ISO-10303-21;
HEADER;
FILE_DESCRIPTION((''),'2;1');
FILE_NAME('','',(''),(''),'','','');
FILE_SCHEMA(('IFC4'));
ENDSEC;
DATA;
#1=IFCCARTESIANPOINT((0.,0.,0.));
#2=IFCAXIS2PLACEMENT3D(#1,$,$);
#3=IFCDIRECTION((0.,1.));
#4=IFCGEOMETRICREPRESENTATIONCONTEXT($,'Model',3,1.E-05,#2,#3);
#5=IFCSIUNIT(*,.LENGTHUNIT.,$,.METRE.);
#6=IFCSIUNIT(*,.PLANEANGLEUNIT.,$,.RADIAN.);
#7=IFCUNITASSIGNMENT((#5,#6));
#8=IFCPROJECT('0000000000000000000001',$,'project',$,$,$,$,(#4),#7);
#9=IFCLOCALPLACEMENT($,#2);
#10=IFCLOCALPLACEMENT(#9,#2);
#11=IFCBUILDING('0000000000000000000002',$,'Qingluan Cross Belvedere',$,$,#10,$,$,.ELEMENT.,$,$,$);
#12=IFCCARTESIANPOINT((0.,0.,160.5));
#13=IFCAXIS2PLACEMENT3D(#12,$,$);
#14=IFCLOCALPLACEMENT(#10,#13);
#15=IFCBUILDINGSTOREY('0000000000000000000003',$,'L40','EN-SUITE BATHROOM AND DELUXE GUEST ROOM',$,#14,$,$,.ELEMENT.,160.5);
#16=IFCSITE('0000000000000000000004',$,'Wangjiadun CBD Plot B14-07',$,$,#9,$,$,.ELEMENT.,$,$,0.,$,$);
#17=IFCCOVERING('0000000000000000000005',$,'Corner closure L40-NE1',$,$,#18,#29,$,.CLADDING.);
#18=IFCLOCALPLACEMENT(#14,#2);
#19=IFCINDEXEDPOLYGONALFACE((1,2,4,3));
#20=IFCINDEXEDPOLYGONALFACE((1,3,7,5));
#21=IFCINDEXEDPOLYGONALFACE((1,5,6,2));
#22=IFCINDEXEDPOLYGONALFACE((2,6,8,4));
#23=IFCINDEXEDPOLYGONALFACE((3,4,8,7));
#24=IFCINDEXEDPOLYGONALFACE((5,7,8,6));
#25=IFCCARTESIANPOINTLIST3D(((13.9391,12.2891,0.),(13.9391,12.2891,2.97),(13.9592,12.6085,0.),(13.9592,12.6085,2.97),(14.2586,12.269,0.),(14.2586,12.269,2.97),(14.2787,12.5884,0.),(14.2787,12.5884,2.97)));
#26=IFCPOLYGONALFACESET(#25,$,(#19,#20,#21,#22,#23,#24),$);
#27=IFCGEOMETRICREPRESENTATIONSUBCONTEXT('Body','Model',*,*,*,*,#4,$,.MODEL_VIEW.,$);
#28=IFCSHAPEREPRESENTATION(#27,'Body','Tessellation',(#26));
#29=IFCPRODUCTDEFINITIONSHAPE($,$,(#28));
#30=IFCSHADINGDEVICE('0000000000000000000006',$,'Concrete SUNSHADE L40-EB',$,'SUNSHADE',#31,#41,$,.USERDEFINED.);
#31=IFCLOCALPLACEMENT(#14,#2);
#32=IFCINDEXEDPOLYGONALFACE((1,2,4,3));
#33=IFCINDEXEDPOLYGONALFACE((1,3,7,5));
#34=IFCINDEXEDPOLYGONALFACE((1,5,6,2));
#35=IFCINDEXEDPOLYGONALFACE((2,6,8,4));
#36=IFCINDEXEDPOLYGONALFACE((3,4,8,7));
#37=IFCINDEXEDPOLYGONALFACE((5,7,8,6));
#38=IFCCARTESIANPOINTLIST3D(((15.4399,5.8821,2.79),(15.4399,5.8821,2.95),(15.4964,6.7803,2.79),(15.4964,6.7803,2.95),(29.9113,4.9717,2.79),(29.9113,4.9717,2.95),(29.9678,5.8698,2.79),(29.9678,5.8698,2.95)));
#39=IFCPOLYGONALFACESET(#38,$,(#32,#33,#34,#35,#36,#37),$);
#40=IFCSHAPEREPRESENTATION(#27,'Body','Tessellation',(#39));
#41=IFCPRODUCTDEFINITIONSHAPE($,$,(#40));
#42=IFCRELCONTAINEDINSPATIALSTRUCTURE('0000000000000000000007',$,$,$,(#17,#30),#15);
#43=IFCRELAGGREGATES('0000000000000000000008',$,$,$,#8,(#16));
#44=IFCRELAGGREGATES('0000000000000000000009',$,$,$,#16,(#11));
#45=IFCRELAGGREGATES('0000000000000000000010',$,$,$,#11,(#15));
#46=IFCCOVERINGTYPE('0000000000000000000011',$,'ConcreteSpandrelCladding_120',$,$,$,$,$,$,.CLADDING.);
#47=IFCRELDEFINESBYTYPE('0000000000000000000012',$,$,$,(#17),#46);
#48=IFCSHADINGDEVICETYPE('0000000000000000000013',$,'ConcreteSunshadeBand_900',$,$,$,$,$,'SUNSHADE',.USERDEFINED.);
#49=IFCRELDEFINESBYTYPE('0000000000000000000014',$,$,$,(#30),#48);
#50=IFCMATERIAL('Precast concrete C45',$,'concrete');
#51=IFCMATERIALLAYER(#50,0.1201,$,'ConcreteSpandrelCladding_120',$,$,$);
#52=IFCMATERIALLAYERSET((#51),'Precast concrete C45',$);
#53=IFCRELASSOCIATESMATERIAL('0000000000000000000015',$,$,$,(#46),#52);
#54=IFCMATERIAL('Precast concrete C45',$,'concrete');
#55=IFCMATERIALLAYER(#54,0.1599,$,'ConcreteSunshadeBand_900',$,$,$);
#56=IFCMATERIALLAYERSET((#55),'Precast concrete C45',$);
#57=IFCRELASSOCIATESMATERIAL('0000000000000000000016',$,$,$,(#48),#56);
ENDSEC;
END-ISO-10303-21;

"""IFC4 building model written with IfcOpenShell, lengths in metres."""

from ifc_helpers import new_model, si_unit, direction, frame, origin, origin_2d, place, context, subcontext, project, spatial, rectangle, extrude, material, layer, layer_set, type_object, element, save


model = new_model("IFC4")

# Units and contexts
model_context = context("Model", 3, precision=1e-05, world=origin(), true_north=direction((0.0, 1.0)))
body_context = subcontext(model_context, "Body", "Model", "MODEL_VIEW")
ifc_project = project(units=[si_unit("LENGTHUNIT", "METRE"), si_unit("PLANEANGLEUNIT", "RADIAN")], contexts=[model_context])

# Site, building, storey
site_placement = place(None, origin())
site = spatial("IfcSite", under=ifc_project, at=site_placement, Name="Wangjiadun CBD Plot B14-07", CompositionType="ELEMENT", RefElevation=0.0)
building_placement = place(site_placement, origin())
building = spatial("IfcBuilding", under=site, at=building_placement, Name="Qingluan Cross Belvedere", CompositionType="ELEMENT")
storey_placement = place(building_placement, frame((0.0, 0.0, 160.5)))
storey = spatial("IfcBuildingStorey", under=building, at=storey_placement, Name="L40", Description="EN-SUITE BATHROOM AND DELUXE GUEST ROOM", CompositionType="ELEMENT", Elevation=160.5)

# Covering
ifc_material_1 = material(Name="Precast concrete C45", Category="concrete")
ifc_layer_1 = layer(ifc_material_1, 0.1201, Name="ConcreteSpandrelCladding_120")
ifc_layer_set_1 = layer_set([ifc_layer_1], Name="Precast concrete C45")
covering_type = type_object("IfcCoveringType", Name="ConcreteSpandrelCladding_120", PredefinedType="CLADDING", material=ifc_layer_set_1)
covering_placement = place(storey_placement, frame((14.1089, 12.4387, 0.0), z_axis=(0.0, 0.0, 1.0), x_axis=(0.998027, -0.062791, 0.0)))
element("IfcCovering", 1, at=covering_placement, inside=storey, type_object=covering_type, Name="Corner closure L40-NE1", PredefinedType="CLADDING", context=body_context, shape_type="SweptSolid", body=[
    extrude(rectangle(XDim=0.3201, YDim=0.3201, at=origin_2d()), origin(), (0.0, 0.0, 1.0), 2.97),
])

# Shading device
ifc_material_2 = material(Name="Precast concrete C45", Category="concrete")
ifc_layer_2 = layer(ifc_material_2, 0.1599, Name="ConcreteSunshadeBand_900")
ifc_layer_set_2 = layer_set([ifc_layer_2], Name="Precast concrete C45")
shading_device_type = type_object("IfcShadingDeviceType", Name="ConcreteSunshadeBand_900", ElementType="SUNSHADE", PredefinedType="USERDEFINED", material=ifc_layer_set_2)
shading_device_placement = place(storey_placement, frame((22.7039, 5.876, 2.79), z_axis=(0.0, 0.0, 1.0), x_axis=(-0.998027, 0.062789, 0.0)))
element("IfcShadingDevice", 2, at=shading_device_placement, inside=storey, type_object=shading_device_type, Name="Concrete SUNSHADE L40-EB", ObjectType="SUNSHADE", PredefinedType="USERDEFINED", context=body_context, shape_type="SweptSolid", body=[
    extrude(rectangle(XDim=14.5, YDim=0.8999, at=origin_2d()), origin(), (0.0, 0.0, 1.0), 0.1599),
])

save(model, "model.ifc")
